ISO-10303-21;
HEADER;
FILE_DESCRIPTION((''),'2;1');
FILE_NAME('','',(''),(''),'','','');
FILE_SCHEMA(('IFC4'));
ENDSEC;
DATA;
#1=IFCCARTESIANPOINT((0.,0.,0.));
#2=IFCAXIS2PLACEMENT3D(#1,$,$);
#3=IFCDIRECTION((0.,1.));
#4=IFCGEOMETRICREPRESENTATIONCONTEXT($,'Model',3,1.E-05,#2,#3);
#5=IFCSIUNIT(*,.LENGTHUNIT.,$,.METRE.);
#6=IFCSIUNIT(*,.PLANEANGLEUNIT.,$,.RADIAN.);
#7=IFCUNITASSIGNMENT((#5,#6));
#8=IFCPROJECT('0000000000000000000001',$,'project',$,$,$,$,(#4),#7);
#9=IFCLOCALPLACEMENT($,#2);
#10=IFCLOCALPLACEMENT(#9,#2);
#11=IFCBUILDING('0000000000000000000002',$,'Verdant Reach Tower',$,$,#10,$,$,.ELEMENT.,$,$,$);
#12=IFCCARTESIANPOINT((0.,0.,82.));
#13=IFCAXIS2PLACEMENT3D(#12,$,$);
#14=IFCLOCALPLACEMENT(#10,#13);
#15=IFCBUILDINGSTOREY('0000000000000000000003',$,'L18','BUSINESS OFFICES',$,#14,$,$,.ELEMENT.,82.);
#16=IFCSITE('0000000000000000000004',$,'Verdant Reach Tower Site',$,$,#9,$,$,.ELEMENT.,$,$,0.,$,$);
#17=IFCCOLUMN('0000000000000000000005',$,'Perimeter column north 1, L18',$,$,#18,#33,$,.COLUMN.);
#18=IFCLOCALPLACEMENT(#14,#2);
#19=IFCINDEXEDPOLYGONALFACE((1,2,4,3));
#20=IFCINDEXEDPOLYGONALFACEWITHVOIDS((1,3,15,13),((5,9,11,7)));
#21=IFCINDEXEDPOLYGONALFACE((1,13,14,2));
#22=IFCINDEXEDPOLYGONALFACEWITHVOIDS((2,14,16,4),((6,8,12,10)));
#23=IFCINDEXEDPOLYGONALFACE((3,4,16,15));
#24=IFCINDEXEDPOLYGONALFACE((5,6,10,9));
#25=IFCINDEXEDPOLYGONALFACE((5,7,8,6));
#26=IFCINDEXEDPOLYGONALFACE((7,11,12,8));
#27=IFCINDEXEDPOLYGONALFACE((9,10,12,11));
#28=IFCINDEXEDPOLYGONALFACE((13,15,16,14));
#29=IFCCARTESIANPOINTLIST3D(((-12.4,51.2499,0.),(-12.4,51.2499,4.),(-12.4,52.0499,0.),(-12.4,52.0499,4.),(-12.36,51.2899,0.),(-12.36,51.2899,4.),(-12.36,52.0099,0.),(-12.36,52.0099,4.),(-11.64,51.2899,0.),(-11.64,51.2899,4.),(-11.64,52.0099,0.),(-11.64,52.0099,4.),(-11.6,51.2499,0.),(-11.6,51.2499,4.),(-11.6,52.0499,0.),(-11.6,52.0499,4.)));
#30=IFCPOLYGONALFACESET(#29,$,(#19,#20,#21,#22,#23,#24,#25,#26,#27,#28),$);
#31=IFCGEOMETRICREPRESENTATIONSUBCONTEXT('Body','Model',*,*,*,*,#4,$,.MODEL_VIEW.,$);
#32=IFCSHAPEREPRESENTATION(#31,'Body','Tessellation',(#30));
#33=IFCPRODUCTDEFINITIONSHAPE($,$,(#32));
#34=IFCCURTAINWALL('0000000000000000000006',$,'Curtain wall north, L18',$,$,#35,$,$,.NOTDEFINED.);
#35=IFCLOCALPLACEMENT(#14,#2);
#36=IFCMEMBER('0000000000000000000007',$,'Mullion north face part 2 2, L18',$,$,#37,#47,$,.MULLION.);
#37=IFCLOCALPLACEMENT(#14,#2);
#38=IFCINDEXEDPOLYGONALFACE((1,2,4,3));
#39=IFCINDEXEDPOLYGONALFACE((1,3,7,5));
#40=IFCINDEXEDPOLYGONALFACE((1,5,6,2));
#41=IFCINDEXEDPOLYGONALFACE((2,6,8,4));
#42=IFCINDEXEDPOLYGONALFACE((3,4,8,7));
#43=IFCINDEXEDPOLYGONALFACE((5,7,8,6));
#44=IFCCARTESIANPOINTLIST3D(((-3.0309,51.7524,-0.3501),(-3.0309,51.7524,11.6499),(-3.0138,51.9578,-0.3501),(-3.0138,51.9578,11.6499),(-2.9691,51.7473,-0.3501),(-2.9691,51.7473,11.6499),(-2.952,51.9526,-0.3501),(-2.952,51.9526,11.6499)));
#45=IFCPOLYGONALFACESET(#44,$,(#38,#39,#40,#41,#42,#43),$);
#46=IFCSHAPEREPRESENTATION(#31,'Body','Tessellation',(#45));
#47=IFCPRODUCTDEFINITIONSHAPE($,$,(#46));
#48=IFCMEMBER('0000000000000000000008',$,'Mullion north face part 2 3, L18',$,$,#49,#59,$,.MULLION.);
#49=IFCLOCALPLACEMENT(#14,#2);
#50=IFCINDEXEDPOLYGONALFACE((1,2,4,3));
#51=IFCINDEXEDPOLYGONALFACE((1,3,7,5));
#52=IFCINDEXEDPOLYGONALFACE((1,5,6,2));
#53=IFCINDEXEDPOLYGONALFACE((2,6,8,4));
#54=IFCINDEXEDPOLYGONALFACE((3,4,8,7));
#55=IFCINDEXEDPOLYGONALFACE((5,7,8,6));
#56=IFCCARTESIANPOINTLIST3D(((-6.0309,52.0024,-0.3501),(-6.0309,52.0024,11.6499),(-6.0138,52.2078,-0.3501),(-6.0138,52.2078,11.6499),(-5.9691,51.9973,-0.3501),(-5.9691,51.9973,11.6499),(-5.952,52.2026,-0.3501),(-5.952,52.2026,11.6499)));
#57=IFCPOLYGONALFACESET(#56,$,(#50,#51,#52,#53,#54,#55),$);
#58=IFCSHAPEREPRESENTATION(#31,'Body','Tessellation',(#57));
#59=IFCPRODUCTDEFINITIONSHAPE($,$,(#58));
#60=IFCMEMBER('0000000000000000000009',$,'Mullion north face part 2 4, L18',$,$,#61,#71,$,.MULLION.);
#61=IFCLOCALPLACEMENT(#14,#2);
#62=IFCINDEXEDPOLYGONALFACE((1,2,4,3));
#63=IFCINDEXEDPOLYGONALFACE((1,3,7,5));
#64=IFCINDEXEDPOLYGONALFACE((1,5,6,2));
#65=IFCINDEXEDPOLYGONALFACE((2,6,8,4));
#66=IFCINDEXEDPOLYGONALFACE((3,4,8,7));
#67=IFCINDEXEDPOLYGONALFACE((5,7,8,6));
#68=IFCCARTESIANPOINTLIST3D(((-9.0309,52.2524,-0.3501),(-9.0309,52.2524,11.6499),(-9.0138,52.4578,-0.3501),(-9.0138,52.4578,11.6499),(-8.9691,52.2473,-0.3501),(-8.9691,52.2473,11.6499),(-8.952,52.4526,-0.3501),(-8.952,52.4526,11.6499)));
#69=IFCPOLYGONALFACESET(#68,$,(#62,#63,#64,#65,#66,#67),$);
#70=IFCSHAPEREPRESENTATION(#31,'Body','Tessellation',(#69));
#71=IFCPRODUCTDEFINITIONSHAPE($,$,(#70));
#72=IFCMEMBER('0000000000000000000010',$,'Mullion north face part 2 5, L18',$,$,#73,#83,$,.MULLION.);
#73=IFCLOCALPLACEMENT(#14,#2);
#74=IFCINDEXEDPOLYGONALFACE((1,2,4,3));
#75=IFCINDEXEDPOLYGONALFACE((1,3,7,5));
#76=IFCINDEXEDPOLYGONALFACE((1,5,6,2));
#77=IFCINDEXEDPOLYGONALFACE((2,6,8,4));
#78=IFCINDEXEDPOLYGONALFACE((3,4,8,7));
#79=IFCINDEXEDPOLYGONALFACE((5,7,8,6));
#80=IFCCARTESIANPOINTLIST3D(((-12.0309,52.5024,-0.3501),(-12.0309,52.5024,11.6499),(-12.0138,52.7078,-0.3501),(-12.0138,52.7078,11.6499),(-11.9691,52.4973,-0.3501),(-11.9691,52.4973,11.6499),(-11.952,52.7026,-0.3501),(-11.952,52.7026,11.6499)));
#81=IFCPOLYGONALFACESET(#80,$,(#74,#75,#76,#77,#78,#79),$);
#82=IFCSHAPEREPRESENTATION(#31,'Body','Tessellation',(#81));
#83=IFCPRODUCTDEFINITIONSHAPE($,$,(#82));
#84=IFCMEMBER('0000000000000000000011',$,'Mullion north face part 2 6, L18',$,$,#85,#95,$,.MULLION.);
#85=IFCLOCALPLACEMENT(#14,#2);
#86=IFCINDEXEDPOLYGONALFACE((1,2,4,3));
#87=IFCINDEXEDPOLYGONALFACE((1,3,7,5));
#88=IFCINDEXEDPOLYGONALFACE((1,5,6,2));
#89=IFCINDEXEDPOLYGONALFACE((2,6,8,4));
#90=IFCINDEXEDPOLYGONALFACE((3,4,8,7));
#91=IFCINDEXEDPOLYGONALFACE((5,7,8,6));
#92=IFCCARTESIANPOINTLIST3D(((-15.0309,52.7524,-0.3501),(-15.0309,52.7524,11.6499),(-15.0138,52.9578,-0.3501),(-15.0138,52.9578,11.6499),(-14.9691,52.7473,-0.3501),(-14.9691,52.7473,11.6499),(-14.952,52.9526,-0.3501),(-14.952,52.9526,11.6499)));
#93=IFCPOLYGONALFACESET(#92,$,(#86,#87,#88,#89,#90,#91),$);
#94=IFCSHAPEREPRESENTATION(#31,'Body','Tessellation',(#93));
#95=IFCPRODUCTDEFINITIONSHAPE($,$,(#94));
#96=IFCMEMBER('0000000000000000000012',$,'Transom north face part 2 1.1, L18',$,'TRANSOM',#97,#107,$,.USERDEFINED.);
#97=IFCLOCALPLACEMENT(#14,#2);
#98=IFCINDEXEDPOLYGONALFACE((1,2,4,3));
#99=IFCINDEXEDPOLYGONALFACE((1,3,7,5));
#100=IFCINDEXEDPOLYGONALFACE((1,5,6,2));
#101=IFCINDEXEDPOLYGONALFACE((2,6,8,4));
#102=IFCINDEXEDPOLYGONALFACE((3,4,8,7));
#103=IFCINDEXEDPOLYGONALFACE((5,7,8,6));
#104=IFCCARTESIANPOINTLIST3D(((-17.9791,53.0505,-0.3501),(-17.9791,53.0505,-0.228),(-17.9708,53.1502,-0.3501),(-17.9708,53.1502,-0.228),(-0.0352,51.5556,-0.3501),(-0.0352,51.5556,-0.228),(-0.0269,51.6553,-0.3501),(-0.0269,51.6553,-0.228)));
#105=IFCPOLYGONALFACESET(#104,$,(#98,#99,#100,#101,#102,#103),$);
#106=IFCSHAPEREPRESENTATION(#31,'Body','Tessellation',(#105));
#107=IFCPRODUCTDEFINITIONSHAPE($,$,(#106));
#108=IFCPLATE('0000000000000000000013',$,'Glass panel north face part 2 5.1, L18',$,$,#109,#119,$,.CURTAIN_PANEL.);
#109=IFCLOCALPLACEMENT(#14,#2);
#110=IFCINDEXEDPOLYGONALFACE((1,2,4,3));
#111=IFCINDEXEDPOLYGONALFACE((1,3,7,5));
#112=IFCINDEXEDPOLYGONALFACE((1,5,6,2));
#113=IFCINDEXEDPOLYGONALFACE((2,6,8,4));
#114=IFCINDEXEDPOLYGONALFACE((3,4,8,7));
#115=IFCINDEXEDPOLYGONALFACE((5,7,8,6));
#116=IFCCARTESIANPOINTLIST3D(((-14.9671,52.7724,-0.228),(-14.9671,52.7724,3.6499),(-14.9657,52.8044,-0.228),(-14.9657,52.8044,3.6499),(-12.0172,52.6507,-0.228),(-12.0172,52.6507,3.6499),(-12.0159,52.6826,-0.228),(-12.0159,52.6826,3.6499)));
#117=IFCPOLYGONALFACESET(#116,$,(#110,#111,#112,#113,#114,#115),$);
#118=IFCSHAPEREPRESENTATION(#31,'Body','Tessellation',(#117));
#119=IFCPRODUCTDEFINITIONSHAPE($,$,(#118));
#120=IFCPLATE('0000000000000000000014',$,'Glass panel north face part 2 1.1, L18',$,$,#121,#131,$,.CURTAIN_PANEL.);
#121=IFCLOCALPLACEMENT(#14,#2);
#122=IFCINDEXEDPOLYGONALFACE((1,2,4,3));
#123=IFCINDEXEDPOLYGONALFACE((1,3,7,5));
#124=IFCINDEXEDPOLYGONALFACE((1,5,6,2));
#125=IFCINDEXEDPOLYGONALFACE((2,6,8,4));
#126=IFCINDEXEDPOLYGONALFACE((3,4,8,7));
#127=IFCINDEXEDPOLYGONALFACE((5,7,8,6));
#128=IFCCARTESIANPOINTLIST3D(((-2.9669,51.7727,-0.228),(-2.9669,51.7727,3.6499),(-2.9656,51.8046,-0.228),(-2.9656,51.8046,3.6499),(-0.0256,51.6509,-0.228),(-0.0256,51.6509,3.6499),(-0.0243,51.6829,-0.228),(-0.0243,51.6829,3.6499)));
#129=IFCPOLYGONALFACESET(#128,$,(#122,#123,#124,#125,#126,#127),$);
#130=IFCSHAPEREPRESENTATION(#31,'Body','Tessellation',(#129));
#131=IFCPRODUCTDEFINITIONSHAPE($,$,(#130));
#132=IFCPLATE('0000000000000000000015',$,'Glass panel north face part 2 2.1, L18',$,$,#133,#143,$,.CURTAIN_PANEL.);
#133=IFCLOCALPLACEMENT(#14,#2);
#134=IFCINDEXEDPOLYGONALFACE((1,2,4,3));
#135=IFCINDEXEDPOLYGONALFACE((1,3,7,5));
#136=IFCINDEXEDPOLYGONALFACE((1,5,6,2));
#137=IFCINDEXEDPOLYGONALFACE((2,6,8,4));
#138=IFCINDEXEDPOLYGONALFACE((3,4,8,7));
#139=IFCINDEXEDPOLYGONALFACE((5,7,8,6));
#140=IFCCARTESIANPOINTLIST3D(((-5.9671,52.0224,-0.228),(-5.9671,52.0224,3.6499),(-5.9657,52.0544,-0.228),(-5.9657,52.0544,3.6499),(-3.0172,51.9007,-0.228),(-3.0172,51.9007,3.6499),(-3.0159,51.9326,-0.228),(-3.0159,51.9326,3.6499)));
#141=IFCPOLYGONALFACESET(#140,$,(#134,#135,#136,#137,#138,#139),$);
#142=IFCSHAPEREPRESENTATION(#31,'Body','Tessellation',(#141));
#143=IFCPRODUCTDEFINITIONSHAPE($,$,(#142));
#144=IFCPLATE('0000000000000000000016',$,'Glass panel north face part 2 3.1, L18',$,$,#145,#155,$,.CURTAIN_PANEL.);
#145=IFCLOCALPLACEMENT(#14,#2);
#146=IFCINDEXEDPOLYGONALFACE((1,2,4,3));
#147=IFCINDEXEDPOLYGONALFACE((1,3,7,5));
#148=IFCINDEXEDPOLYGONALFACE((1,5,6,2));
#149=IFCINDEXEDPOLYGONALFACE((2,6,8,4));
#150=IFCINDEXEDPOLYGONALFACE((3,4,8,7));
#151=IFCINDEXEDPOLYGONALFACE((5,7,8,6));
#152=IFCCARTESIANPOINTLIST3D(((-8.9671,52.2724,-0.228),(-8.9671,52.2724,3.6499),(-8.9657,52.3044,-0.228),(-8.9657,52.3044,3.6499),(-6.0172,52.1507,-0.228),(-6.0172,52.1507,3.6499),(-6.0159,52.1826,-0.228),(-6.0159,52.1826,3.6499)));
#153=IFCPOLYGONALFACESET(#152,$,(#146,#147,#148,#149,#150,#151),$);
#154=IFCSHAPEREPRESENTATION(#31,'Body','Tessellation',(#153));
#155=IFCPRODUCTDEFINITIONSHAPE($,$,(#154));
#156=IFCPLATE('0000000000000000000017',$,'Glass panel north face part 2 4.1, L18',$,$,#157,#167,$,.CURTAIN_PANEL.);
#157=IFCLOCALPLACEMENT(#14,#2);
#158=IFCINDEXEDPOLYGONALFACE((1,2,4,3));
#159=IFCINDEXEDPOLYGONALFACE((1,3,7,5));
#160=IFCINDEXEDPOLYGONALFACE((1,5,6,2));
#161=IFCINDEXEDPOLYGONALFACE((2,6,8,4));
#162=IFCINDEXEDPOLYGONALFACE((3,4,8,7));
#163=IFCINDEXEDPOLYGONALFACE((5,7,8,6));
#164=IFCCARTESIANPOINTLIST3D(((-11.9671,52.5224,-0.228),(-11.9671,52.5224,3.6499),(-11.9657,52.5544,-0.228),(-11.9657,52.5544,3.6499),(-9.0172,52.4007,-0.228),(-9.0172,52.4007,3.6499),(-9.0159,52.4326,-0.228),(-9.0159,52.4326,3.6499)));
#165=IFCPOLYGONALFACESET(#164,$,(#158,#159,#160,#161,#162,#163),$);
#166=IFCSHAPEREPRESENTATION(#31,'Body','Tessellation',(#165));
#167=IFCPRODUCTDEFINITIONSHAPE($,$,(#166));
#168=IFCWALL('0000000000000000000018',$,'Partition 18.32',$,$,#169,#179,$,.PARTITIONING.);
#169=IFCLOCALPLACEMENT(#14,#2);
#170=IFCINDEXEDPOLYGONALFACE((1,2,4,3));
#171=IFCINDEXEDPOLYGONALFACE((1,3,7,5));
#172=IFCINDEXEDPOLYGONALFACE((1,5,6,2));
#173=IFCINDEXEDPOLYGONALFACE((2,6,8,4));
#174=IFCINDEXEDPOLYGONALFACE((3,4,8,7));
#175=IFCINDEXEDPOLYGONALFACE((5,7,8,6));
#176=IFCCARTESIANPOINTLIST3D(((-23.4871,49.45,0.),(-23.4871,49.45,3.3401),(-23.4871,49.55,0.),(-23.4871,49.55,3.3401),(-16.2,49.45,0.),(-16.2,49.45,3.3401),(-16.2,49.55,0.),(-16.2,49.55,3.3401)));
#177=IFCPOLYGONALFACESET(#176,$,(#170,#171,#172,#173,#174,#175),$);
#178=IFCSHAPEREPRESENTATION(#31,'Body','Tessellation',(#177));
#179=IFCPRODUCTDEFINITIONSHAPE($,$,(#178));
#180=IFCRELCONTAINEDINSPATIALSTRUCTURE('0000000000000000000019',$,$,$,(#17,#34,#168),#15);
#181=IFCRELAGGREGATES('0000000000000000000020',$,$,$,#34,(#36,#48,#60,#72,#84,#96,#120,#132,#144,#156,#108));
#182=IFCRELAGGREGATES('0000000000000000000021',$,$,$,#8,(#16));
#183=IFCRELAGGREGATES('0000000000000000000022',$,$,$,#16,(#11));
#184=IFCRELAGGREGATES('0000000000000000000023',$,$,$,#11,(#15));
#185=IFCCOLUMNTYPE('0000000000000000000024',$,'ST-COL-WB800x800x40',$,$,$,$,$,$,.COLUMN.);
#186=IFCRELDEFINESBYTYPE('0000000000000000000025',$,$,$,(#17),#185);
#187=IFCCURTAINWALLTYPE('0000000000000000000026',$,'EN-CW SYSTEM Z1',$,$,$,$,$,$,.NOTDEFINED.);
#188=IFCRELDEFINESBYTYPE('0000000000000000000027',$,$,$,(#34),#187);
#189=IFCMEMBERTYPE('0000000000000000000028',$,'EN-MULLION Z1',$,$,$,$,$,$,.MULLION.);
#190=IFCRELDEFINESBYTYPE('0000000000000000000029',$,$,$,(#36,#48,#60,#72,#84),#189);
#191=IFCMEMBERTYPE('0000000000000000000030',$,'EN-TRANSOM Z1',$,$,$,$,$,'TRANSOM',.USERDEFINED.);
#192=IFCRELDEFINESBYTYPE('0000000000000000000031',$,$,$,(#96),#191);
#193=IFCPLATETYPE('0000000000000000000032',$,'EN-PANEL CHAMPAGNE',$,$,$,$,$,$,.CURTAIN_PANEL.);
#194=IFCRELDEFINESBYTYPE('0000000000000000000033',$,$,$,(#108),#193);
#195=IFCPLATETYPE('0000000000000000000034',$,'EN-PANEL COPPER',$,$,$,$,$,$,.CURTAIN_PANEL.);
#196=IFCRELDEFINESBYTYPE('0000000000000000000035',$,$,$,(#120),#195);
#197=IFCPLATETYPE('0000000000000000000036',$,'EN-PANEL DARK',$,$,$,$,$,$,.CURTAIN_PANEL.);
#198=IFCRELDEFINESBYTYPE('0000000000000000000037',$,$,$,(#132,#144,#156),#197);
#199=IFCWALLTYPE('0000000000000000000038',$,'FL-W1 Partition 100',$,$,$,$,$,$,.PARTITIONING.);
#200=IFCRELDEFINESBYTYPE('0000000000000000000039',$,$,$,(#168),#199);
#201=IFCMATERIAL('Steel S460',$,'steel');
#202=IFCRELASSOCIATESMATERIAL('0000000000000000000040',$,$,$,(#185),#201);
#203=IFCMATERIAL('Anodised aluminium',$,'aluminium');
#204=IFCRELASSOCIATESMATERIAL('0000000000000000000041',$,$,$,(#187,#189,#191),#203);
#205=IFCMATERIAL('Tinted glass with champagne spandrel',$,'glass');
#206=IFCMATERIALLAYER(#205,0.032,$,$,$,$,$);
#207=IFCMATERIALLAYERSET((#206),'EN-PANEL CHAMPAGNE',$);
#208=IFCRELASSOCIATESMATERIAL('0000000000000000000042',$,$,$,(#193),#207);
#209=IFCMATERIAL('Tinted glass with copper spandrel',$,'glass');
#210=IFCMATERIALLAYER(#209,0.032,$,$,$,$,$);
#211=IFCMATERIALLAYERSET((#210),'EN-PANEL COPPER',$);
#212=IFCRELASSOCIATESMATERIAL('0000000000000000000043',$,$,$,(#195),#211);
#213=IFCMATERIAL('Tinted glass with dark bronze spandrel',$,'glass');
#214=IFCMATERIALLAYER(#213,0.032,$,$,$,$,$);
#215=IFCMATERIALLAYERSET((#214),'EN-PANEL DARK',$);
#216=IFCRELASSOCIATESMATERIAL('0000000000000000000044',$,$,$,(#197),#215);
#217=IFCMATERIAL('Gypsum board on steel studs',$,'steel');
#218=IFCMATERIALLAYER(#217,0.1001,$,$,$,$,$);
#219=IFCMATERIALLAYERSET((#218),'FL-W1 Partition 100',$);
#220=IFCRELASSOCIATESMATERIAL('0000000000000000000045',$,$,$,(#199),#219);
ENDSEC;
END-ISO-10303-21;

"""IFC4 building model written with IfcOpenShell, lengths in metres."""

from ifc_helpers import new_model, si_unit, direction, frame, frame_2d, origin, origin_2d, place, context, subcontext, project, spatial, rectangle, hollow_rectangle, extrude, material, layer, layer_set, material_profile, profile_set, type_object, element, aggregate, save


model = new_model("IFC4")

# Units and contexts
model_context = context("Model", 3, precision=1e-05, world=origin(), true_north=direction((0.0, 1.0)))
body_context = subcontext(model_context, "Body", "Model", "MODEL_VIEW")
ifc_project = project(units=[si_unit("LENGTHUNIT", "METRE"), si_unit("PLANEANGLEUNIT", "RADIAN")], contexts=[model_context])

# Site, building, storey
site_placement = place(None, origin())
site = spatial("IfcSite", under=ifc_project, at=site_placement, Name="Verdant Reach Tower Site", CompositionType="ELEMENT", RefElevation=0.0)
building_placement = place(site_placement, origin())
building = spatial("IfcBuilding", under=site, at=building_placement, Name="Verdant Reach Tower", CompositionType="ELEMENT")
storey_placement = place(building_placement, frame((0.0, 0.0, 82.0)))
storey = spatial("IfcBuildingStorey", under=building, at=storey_placement, Name="L18", Description="BUSINESS OFFICES", CompositionType="ELEMENT", Elevation=82.0)

# Column
ifc_material_1 = material(Name="Steel S460", Category="steel")
ifc_material_profile_1 = material_profile(ifc_material_1, hollow_rectangle(XDim=0.8, YDim=0.8, WallThickness=0.04, at=origin_2d()), Name="WB 800x800x40")
ifc_profile_set_1 = profile_set([ifc_material_profile_1], Name="Steel S460")
column_type = type_object("IfcColumnType", Name="ST-COL-WB800x800x40", PredefinedType="COLUMN", material=ifc_profile_set_1)
column_placement = place(storey_placement, frame((-12.0, 51.6499, 0.0), z_axis=(0.0, 0.0, 1.0), x_axis=(1.0, 0.0, 0.0)))
element("IfcColumn", 1, at=column_placement, inside=storey, type_object=column_type, Name="Perimeter column north 1, L18", PredefinedType="COLUMN", context=body_context, shape_type="SweptSolid", body=[
    extrude(hollow_rectangle(XDim=0.8, YDim=0.8, WallThickness=0.04, at=origin_2d()), origin(), (0.0, 0.0, 1.0), 4.0),
])

# Curtain wall, members, plates
ifc_material_2 = material(Name="Anodised aluminium", Category="aluminium")
curtain_wall_type = type_object("IfcCurtainWallType", Name="EN-CW SYSTEM Z1", PredefinedType="NOTDEFINED", material=ifc_material_2)
curtain_wall_placement = place(storey_placement, origin())
curtain_wall = element("IfcCurtainWall", 2, at=curtain_wall_placement, inside=storey, type_object=curtain_wall_type, Name="Curtain wall north, L18", PredefinedType="NOTDEFINED")
ifc_material_profile_2 = material_profile(ifc_material_2, rectangle(XDim=0.2061, YDim=0.062, at=origin_2d()), Name="Mullion 62x206")
ifc_profile_set_2 = profile_set([ifc_material_profile_2], Name="Anodised aluminium")
member_type_1 = type_object("IfcMemberType", Name="EN-MULLION Z1", PredefinedType="MULLION", material=ifc_profile_set_2)
member_1_placement = place(storey_placement, frame((-2.9915, 51.8525, -0.3501), z_axis=(0.0, 0.0, 1.0), x_axis=(0.083045, 0.996546, 0.0)))
member_1 = element("IfcMember", 3, at=member_1_placement, type_object=member_type_1, Name="Mullion north face part 2 2, L18", PredefinedType="MULLION", context=body_context, shape_type="SweptSolid", body=[
    extrude(rectangle(XDim=0.2061, YDim=0.062, at=origin_2d()), origin(), (0.0, 0.0, 1.0), 12.0),
])
member_2_placement = place(storey_placement, frame((-5.9915, 52.1025, -0.3501), z_axis=(0.0, 0.0, 1.0), x_axis=(0.083045, 0.996546, 0.0)))
member_2 = element("IfcMember", 4, at=member_2_placement, type_object=member_type_1, Name="Mullion north face part 2 3, L18", PredefinedType="MULLION", context=body_context, shape_type="SweptSolid", body=[
    extrude(rectangle(XDim=0.2061, YDim=0.062, at=origin_2d()), origin(), (0.0, 0.0, 1.0), 12.0),
])
member_3_placement = place(storey_placement, frame((-8.9915, 52.3525, -0.3501), z_axis=(0.0, 0.0, 1.0), x_axis=(0.083045, 0.996546, 0.0)))
member_3 = element("IfcMember", 5, at=member_3_placement, type_object=member_type_1, Name="Mullion north face part 2 4, L18", PredefinedType="MULLION", context=body_context, shape_type="SweptSolid", body=[
    extrude(rectangle(XDim=0.2061, YDim=0.062, at=origin_2d()), origin(), (0.0, 0.0, 1.0), 12.0),
])
member_4_placement = place(storey_placement, frame((-11.9915, 52.6025, -0.3501), z_axis=(0.0, 0.0, 1.0), x_axis=(0.083045, 0.996546, 0.0)))
member_4 = element("IfcMember", 6, at=member_4_placement, type_object=member_type_1, Name="Mullion north face part 2 5, L18", PredefinedType="MULLION", context=body_context, shape_type="SweptSolid", body=[
    extrude(rectangle(XDim=0.2061, YDim=0.062, at=origin_2d()), origin(), (0.0, 0.0, 1.0), 12.0),
])
member_5_placement = place(storey_placement, frame((-14.9915, 52.8525, -0.3501), z_axis=(0.0, 0.0, 1.0), x_axis=(0.083045, 0.996546, 0.0)))
member_5 = element("IfcMember", 7, at=member_5_placement, type_object=member_type_1, Name="Mullion north face part 2 6, L18", PredefinedType="MULLION", context=body_context, shape_type="SweptSolid", body=[
    extrude(rectangle(XDim=0.2061, YDim=0.062, at=origin_2d()), origin(), (0.0, 0.0, 1.0), 12.0),
])
ifc_material_profile_3 = material_profile(ifc_material_2, rectangle(XDim=0.1001, YDim=0.1221, at=origin_2d()), Name="Transom 122x100")
ifc_profile_set_3 = profile_set([ifc_material_profile_3], Name="Anodised aluminium")
member_type_2 = type_object("IfcMemberType", Name="EN-TRANSOM Z1", ElementType="TRANSOM", PredefinedType="USERDEFINED", material=ifc_profile_set_3)
member_6_placement = place(storey_placement, frame((-0.031, 51.6055, -0.2891), z_axis=(-0.996548, 0.083021, 0.0), x_axis=(-0.083021, -0.996548, 0.0)))
member_6 = element("IfcMember", 8, at=member_6_placement, type_object=member_type_2, Name="Transom north face part 2 1.1, L18", ObjectType="TRANSOM", PredefinedType="USERDEFINED", context=body_context, shape_type="SweptSolid", body=[
    extrude(rectangle(XDim=0.1001, YDim=0.1221, at=origin_2d()), origin(), (0.0, 0.0, 1.0), 18.0061),
])
ifc_material_3 = material(Name="Tinted glass with champagne spandrel", Category="glass")
ifc_layer_1 = layer(ifc_material_3, 0.032)
ifc_layer_set_1 = layer_set([ifc_layer_1], Name="EN-PANEL CHAMPAGNE")
plate_type_1 = type_object("IfcPlateType", Name="EN-PANEL CHAMPAGNE", PredefinedType="CURTAIN_PANEL", material=ifc_layer_set_1)
plate_1_placement = place(storey_placement, frame((-13.4915, 52.7275, -0.228), z_axis=(0.0, 0.0, 1.0), x_axis=(-0.999149, 0.041242, 0.0)))
plate_1 = element("IfcPlate", 9, at=plate_1_placement, type_object=plate_type_1, Name="Glass panel north face part 2 5.1, L18", PredefinedType="CURTAIN_PANEL", context=body_context, shape_type="SweptSolid", body=[
    extrude(rectangle(XDim=2.9524, YDim=0.032, at=origin_2d()), origin(), (0.0, 0.0, 1.0), 3.8779),
])
ifc_material_4 = material(Name="Tinted glass with copper spandrel", Category="glass")
ifc_layer_2 = layer(ifc_material_4, 0.032)
ifc_layer_set_2 = layer_set([ifc_layer_2], Name="EN-PANEL COPPER")
plate_type_2 = type_object("IfcPlateType", Name="EN-PANEL COPPER", PredefinedType="CURTAIN_PANEL", material=ifc_layer_set_2)
plate_2_placement = place(storey_placement, frame((-1.4956, 51.7278, -0.228), z_axis=(0.0, 0.0, 1.0), x_axis=(-0.999144, 0.04136, 0.0)))
plate_2 = element("IfcPlate", 10, at=plate_2_placement, type_object=plate_type_2, Name="Glass panel north face part 2 1.1, L18", PredefinedType="CURTAIN_PANEL", context=body_context, shape_type="SweptSolid", body=[
    extrude(rectangle(XDim=2.9438, YDim=0.032, at=origin_2d()), origin(), (0.0, 0.0, 1.0), 3.8779),
])
ifc_material_5 = material(Name="Tinted glass with dark bronze spandrel", Category="glass")
ifc_layer_3 = layer(ifc_material_5, 0.032)
ifc_layer_set_3 = layer_set([ifc_layer_3], Name="EN-PANEL DARK")
plate_type_3 = type_object("IfcPlateType", Name="EN-PANEL DARK", PredefinedType="CURTAIN_PANEL", material=ifc_layer_set_3)
plate_3_placement = place(storey_placement, frame((-4.4915, 51.9775, -0.228), z_axis=(0.0, 0.0, 1.0), x_axis=(-0.999149, 0.041242, 0.0)))
plate_3 = element("IfcPlate", 11, at=plate_3_placement, type_object=plate_type_3, Name="Glass panel north face part 2 2.1, L18", PredefinedType="CURTAIN_PANEL", context=body_context, shape_type="SweptSolid", body=[
    extrude(rectangle(XDim=2.9524, YDim=0.032, at=origin_2d()), origin(), (0.0, 0.0, 1.0), 3.8779),
])
plate_4_placement = place(storey_placement, frame((-7.4915, 52.2275, -0.228), z_axis=(0.0, 0.0, 1.0), x_axis=(-0.999149, 0.041242, 0.0)))
plate_4 = element("IfcPlate", 12, at=plate_4_placement, type_object=plate_type_3, Name="Glass panel north face part 2 3.1, L18", PredefinedType="CURTAIN_PANEL", context=body_context, shape_type="SweptSolid", body=[
    extrude(rectangle(XDim=2.9524, YDim=0.032, at=origin_2d()), origin(), (0.0, 0.0, 1.0), 3.8779),
])
plate_5_placement = place(storey_placement, frame((-10.4915, 52.4775, -0.228), z_axis=(0.0, 0.0, 1.0), x_axis=(-0.999149, 0.041242, 0.0)))
plate_5 = element("IfcPlate", 13, at=plate_5_placement, type_object=plate_type_3, Name="Glass panel north face part 2 4.1, L18", PredefinedType="CURTAIN_PANEL", context=body_context, shape_type="SweptSolid", body=[
    extrude(rectangle(XDim=2.9524, YDim=0.032, at=origin_2d()), origin(), (0.0, 0.0, 1.0), 3.8779),
])
aggregate(curtain_wall, [member_1, member_2, member_3, member_4, member_5, member_6, plate_2, plate_3, plate_4, plate_5, plate_1])

# Wall
ifc_material_6 = material(Name="Gypsum board on steel studs", Category="steel")
ifc_layer_4 = layer(ifc_material_6, 0.1001)
ifc_layer_set_4 = layer_set([ifc_layer_4], Name="FL-W1 Partition 100")
wall_type_1 = type_object("IfcWallType", Name="FL-W1 Partition 100", PredefinedType="PARTITIONING", material=ifc_layer_set_4)
wall_1_placement = place(storey_placement, frame((-16.2, 49.5, 0.0), z_axis=(0.0, 0.0, 1.0), x_axis=(-1.0, 0.0, 0.0)))
element("IfcWall", 14, at=wall_1_placement, inside=storey, type_object=wall_type_1, Name="Partition 18.32", PredefinedType="PARTITIONING", context=body_context, shape_type="SweptSolid", body=[
    extrude(rectangle(XDim=7.2871, YDim=0.1001, at=frame_2d((3.6436, 0.0))), origin(), (0.0, 0.0, 1.0), 3.3401),
])

save(model, "model.ifc")
